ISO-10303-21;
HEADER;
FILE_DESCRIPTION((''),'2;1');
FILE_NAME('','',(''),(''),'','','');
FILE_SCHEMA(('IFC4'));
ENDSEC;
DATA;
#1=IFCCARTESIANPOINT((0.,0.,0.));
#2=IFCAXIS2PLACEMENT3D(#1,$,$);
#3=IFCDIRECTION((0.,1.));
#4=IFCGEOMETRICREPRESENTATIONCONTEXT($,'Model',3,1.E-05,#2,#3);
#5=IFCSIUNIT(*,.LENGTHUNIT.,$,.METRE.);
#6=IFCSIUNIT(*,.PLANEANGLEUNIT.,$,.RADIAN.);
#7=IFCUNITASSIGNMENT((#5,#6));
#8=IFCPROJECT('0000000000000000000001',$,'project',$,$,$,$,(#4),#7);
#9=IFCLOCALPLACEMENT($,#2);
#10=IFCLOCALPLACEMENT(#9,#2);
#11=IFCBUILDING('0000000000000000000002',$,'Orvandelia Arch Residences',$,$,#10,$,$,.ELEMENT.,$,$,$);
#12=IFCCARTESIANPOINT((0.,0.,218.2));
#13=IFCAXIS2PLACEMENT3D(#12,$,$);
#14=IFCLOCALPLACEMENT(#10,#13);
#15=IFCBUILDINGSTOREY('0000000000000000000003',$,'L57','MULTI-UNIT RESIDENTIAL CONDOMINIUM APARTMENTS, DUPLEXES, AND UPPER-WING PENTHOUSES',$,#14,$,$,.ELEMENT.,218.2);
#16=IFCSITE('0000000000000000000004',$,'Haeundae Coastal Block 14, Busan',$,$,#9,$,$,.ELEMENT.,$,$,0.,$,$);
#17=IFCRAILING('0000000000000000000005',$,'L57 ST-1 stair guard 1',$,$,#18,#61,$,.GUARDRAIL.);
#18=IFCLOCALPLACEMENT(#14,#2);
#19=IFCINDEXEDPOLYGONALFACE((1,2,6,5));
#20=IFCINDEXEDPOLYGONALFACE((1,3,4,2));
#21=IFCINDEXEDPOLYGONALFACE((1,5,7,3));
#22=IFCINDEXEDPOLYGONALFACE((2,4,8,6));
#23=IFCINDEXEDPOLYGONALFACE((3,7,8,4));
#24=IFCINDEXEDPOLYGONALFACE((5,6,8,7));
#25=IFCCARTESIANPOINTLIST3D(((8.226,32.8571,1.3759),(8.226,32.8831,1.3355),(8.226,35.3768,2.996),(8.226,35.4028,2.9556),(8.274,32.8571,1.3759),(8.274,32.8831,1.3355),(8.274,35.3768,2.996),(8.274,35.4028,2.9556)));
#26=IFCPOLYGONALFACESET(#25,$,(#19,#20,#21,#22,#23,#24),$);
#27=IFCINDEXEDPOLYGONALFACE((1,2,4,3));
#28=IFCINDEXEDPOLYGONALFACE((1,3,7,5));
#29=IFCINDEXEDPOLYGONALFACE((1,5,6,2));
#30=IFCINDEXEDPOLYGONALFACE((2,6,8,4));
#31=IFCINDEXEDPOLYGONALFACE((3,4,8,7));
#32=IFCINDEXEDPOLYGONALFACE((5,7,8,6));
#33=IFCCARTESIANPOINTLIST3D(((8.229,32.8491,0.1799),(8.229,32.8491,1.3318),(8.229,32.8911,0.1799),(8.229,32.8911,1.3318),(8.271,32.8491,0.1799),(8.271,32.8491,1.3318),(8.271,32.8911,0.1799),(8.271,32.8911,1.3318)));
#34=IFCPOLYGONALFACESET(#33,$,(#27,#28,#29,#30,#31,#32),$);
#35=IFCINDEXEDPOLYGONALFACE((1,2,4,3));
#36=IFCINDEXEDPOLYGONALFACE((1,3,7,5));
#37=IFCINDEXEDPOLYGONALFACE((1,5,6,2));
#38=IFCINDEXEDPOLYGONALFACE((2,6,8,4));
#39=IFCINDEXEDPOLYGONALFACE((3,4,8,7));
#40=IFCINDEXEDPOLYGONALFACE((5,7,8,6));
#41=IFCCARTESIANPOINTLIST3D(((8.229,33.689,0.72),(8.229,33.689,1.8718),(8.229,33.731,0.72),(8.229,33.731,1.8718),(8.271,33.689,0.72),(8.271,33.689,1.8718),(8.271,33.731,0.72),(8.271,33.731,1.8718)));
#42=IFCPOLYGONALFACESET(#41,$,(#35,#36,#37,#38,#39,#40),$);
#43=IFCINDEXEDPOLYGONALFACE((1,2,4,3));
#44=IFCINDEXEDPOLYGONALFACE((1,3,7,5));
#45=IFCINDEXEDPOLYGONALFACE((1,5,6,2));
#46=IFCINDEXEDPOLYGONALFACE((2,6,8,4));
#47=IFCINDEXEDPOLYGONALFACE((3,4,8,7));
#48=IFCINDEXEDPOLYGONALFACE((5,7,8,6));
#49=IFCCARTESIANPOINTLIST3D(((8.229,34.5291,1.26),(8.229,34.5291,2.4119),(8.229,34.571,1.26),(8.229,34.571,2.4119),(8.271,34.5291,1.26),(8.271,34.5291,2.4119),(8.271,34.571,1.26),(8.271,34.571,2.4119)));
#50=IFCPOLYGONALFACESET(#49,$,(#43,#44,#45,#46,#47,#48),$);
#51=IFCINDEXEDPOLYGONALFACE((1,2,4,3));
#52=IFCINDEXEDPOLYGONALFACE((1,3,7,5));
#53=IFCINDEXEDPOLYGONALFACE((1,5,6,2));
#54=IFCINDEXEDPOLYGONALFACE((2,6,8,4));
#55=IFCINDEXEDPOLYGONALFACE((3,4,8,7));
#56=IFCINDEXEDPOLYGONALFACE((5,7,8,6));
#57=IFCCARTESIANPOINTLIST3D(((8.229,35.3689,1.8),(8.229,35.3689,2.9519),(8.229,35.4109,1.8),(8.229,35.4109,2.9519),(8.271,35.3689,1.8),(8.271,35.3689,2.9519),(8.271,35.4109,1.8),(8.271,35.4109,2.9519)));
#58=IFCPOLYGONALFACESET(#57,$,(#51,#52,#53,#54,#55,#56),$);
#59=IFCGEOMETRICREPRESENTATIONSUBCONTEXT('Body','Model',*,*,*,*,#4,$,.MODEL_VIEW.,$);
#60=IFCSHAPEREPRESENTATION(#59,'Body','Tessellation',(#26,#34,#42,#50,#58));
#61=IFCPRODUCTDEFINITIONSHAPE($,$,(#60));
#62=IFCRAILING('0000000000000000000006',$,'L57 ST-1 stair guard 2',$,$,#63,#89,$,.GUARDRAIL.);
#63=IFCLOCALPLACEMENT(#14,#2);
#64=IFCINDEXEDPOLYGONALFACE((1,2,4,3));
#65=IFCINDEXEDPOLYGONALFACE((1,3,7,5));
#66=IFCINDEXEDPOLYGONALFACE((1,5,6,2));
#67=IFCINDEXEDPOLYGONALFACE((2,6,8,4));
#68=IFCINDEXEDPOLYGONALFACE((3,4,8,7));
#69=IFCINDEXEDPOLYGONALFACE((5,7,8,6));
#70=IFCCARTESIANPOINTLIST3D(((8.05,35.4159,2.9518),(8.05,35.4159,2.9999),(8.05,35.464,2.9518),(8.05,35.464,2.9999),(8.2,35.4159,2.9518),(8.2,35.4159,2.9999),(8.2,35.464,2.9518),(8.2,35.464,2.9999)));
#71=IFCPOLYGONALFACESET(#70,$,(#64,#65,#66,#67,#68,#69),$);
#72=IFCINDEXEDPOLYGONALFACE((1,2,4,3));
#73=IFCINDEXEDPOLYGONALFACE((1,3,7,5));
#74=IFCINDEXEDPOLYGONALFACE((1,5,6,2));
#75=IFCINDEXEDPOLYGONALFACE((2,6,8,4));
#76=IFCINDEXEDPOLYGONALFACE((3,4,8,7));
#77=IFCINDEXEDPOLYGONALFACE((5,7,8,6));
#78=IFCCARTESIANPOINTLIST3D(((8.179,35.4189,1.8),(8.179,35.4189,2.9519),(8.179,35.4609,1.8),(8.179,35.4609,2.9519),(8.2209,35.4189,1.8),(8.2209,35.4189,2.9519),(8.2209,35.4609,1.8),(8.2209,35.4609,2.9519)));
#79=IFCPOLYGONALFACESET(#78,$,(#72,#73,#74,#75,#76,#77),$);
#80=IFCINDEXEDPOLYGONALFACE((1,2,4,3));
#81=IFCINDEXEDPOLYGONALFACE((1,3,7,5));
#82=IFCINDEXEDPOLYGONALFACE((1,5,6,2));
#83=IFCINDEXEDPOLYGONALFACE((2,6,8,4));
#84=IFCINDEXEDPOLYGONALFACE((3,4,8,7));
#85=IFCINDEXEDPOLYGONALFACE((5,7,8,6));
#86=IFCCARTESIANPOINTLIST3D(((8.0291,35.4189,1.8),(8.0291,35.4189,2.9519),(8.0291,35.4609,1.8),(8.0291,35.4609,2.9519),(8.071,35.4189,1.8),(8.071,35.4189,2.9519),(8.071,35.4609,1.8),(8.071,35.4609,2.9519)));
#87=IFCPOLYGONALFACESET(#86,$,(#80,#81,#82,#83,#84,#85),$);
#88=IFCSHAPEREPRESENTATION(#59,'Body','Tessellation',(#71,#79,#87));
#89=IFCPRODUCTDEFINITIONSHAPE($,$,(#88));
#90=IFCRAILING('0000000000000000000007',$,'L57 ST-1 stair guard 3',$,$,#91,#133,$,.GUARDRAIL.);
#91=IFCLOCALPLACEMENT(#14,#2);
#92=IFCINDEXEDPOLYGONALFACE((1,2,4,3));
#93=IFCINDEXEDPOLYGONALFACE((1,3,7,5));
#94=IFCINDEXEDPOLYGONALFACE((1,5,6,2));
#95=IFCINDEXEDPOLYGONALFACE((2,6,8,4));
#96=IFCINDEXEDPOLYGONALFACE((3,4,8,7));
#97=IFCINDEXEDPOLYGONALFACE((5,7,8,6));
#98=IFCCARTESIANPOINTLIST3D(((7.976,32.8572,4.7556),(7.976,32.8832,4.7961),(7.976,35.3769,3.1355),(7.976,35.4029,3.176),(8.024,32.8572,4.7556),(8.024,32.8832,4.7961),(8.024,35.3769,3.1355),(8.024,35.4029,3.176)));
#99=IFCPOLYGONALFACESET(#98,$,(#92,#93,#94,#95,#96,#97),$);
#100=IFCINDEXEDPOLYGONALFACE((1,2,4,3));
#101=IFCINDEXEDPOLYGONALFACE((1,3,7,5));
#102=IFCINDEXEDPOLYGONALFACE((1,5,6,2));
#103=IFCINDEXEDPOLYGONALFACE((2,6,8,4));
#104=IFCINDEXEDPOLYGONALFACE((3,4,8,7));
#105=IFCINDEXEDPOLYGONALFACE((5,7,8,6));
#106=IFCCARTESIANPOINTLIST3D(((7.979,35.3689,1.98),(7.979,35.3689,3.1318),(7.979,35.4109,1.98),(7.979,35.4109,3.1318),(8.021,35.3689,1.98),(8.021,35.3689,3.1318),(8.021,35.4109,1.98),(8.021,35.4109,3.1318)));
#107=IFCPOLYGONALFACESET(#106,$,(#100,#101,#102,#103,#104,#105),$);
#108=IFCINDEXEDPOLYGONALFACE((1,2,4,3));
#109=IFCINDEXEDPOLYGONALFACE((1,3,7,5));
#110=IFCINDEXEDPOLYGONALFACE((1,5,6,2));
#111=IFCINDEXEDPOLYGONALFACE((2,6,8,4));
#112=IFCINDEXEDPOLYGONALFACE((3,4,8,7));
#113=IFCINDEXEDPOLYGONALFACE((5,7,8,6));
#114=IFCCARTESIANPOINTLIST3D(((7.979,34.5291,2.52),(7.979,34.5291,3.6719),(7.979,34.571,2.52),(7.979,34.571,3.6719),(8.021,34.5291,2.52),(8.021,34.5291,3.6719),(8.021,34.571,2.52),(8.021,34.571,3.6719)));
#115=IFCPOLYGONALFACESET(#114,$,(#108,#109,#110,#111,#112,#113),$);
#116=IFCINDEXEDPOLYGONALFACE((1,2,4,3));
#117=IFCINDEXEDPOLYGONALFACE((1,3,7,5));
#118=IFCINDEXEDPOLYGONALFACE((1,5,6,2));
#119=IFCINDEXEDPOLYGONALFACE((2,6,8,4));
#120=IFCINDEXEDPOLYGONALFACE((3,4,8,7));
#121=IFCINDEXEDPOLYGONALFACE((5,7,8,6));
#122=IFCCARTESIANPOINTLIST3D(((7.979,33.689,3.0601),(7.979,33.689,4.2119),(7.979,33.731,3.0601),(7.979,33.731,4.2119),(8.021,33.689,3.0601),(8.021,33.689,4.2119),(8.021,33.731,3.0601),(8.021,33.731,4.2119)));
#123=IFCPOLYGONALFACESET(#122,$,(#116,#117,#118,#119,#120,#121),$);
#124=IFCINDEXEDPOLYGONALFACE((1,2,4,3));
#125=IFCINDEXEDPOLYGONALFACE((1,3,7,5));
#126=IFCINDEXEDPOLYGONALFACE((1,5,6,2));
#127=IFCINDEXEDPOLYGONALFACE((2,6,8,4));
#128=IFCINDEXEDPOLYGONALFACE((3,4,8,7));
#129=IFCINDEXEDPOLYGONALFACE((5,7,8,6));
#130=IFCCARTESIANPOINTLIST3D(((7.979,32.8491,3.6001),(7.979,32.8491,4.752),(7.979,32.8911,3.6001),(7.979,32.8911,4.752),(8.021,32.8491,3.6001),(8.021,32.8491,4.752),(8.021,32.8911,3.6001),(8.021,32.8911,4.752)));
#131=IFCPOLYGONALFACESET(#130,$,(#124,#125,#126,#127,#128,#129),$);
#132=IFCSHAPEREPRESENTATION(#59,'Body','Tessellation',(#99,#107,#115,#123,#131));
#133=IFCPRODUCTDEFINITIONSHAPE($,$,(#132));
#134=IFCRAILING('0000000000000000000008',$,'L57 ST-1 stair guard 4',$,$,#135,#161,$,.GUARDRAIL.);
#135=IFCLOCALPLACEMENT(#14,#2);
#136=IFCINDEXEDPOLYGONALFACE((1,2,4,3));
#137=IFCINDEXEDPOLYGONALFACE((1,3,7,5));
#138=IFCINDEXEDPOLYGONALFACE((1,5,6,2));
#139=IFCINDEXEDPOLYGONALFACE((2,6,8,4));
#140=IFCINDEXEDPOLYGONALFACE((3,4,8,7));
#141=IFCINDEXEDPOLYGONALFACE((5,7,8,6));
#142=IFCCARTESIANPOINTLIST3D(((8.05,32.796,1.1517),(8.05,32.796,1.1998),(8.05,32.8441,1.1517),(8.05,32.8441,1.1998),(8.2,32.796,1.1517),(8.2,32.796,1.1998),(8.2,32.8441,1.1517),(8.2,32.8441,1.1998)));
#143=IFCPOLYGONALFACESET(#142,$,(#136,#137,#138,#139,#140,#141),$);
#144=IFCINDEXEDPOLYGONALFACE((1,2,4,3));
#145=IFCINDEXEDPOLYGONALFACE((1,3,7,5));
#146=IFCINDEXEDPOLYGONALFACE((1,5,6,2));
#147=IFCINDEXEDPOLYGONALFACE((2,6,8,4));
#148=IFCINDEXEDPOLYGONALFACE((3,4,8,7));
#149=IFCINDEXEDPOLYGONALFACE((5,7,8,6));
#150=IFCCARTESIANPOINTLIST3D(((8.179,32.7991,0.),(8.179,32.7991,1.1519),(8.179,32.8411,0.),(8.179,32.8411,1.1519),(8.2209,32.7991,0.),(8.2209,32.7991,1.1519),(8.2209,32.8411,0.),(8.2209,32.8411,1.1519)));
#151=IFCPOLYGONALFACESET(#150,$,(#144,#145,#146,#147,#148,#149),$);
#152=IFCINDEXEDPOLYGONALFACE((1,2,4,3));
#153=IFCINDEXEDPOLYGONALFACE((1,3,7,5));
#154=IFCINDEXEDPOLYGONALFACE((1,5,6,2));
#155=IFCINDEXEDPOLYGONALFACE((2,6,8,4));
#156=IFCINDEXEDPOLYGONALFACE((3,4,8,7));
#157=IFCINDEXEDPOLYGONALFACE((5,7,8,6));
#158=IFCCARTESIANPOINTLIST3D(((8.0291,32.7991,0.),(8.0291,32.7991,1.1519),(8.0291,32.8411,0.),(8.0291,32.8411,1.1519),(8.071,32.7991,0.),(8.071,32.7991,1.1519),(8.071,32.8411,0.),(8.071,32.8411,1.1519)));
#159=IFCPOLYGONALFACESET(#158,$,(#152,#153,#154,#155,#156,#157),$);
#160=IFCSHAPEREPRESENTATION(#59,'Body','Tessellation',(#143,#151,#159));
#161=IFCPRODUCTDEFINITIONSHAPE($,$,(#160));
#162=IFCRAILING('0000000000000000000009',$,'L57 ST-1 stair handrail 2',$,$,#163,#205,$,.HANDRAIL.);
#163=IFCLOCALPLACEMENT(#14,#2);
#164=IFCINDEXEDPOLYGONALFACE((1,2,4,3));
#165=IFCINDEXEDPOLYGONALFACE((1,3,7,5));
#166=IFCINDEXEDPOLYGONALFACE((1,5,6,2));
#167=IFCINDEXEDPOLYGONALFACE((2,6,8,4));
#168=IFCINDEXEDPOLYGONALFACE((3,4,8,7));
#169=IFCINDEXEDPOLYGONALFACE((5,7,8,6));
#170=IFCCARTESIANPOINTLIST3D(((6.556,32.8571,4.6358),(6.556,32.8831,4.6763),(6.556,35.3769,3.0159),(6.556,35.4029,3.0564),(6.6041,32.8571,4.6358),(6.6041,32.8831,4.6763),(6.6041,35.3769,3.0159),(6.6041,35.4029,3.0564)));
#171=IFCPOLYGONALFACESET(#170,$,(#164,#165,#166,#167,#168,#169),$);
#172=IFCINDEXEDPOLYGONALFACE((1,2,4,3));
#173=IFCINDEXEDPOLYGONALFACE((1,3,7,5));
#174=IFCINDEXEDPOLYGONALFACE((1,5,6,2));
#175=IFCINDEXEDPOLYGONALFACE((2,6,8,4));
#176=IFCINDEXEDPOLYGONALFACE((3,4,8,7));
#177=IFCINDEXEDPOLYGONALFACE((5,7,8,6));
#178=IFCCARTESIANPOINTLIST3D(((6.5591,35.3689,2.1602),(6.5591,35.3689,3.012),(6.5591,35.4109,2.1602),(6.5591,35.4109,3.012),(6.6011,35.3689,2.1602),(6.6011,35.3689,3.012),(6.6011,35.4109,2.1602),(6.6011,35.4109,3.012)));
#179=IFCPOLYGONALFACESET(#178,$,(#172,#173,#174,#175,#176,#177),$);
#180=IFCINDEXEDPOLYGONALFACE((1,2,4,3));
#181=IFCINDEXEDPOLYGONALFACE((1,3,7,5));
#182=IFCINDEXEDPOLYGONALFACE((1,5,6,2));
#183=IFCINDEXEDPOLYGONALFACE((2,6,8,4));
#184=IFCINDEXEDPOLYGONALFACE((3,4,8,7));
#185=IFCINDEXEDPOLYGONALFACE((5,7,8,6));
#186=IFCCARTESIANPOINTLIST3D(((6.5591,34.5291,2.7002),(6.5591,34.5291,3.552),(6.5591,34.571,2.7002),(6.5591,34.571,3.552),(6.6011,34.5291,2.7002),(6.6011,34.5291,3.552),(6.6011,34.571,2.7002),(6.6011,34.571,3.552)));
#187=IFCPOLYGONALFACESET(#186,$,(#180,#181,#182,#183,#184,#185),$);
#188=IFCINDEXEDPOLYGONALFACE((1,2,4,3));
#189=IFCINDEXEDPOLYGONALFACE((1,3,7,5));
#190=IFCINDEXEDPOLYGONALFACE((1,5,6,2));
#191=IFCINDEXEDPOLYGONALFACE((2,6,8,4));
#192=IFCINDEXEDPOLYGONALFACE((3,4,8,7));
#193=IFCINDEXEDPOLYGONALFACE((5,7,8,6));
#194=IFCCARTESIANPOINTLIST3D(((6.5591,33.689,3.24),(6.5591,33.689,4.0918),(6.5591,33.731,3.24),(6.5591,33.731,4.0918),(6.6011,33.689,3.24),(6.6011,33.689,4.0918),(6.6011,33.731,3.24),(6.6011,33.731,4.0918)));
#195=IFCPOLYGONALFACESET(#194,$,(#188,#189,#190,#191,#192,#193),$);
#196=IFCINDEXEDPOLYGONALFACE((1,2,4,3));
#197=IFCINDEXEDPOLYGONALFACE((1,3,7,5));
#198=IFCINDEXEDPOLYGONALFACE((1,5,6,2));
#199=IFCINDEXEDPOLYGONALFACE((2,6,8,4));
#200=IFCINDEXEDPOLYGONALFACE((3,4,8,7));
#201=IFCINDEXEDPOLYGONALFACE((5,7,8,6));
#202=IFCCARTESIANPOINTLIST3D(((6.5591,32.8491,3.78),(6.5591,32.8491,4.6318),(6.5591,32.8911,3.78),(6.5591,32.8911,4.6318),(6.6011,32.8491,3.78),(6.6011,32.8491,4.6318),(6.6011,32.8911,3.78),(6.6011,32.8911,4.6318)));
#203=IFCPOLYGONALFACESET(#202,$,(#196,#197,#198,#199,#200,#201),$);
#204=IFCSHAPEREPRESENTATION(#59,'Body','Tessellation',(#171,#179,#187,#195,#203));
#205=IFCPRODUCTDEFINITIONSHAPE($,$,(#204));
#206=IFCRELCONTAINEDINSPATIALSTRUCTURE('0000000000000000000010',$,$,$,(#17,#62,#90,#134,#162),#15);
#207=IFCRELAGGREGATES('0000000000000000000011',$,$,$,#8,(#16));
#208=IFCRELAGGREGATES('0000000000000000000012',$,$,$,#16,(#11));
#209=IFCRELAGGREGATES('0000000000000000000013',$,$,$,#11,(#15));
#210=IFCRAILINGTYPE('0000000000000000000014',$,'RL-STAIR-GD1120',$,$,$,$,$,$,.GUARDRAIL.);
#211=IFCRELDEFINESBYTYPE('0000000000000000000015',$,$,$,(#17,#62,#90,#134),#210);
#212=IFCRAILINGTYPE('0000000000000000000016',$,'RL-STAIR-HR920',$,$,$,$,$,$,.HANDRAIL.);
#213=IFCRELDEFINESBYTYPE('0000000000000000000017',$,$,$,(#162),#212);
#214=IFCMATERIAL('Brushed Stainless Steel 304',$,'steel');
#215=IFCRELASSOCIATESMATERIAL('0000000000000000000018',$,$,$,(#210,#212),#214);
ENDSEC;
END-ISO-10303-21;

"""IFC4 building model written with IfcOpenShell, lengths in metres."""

from ifc_helpers import new_model, si_unit, direction, frame, origin, origin_2d, place, context, subcontext, project, spatial, rectangle, extrude, material, type_object, element, save


model = new_model("IFC4")

# Units and contexts
model_context = context("Model", 3, precision=1e-05, world=origin(), true_north=direction((0.0, 1.0)))
body_context = subcontext(model_context, "Body", "Model", "MODEL_VIEW")
ifc_project = project(units=[si_unit("LENGTHUNIT", "METRE"), si_unit("PLANEANGLEUNIT", "RADIAN")], contexts=[model_context])

# Site, building, storey
site_placement = place(None, origin())
site = spatial("IfcSite", under=ifc_project, at=site_placement, Name="Haeundae Coastal Block 14, Busan", CompositionType="ELEMENT", RefElevation=0.0)
building_placement = place(site_placement, origin())
building = spatial("IfcBuilding", under=site, at=building_placement, Name="Orvandelia Arch Residences", CompositionType="ELEMENT")
storey_placement = place(building_placement, frame((0.0, 0.0, 218.2)))
storey = spatial("IfcBuildingStorey", under=building, at=storey_placement, Name="L57", Description="MULTI-UNIT RESIDENTIAL CONDOMINIUM APARTMENTS, DUPLEXES, AND UPPER-WING PENTHOUSES", CompositionType="ELEMENT", Elevation=218.2)

# Railings
ifc_material_1 = material(Name="Brushed Stainless Steel 304", Category="steel")
railing_type_1 = type_object("IfcRailingType", Name="RL-STAIR-GD1120", PredefinedType="GUARDRAIL", material=ifc_material_1)
railing_1_placement = place(storey_placement, frame((8.25, 32.8701, 0.1799)))
element("IfcRailing", 1, at=railing_1_placement, inside=storey, type_object=railing_type_1, Name="L57 ST-1 stair guard 1", PredefinedType="GUARDRAIL", context=body_context, shape_type="SweptSolid", body=[
    extrude(rectangle(XDim=0.0481, YDim=0.0481, at=origin_2d()), frame((0.0, 0.0, 1.1758), z_axis=(0.0, 0.841139, 0.540819), x_axis=(-1.0, 0.0, 0.0)), (0.0, 0.0, 1.0), 2.9956),
    extrude(rectangle(XDim=0.042, YDim=0.042, at=origin_2d()), origin(), (0.0, 0.0, 1.0), 1.1519),
    extrude(rectangle(XDim=0.042, YDim=0.042, at=origin_2d()), frame((0.0, 0.8398, 0.54)), (0.0, 0.0, 1.0), 1.1519),
    extrude(rectangle(XDim=0.042, YDim=0.042, at=origin_2d()), frame((0.0, 1.6799, 1.0801)), (0.0, 0.0, 1.0), 1.1519),
    extrude(rectangle(XDim=0.042, YDim=0.042, at=origin_2d()), frame((0.0, 2.5198, 1.6201)), (0.0, 0.0, 1.0), 1.1519),
])
railing_2_placement = place(storey_placement, frame((8.2, 35.4399, 1.8)))
element("IfcRailing", 2, at=railing_2_placement, inside=storey, type_object=railing_type_1, Name="L57 ST-1 stair guard 2", PredefinedType="GUARDRAIL", context=body_context, shape_type="SweptSolid", body=[
    extrude(rectangle(XDim=0.0481, YDim=0.0481, at=origin_2d()), frame((0.0, 0.0, 1.1758), z_axis=(-1.0, 0.0, 0.0), x_axis=(0.0, -1.0, 0.0)), (0.0, 0.0, 1.0), 0.1499),
    extrude(rectangle(XDim=0.042, YDim=0.042, at=origin_2d()), origin(), (0.0, 0.0, 1.0), 1.1519),
    extrude(rectangle(XDim=0.042, YDim=0.042, at=origin_2d()), frame((-0.1499, 0.0, 0.0)), (0.0, 0.0, 1.0), 1.1519),
])
railing_3_placement = place(storey_placement, frame((8.0, 35.3899, 1.98)))
element("IfcRailing", 3, at=railing_3_placement, inside=storey, type_object=railing_type_1, Name="L57 ST-1 stair guard 3", PredefinedType="GUARDRAIL", context=body_context, shape_type="SweptSolid", body=[
    extrude(rectangle(XDim=0.0481, YDim=0.0481, at=origin_2d()), frame((0.0, 0.0, 1.1758), z_axis=(0.0, -0.841139, 0.540819), x_axis=(1.0, 0.0, 0.0)), (0.0, 0.0, 1.0), 2.9956),
    extrude(rectangle(XDim=0.042, YDim=0.042, at=origin_2d()), origin(), (0.0, 0.0, 1.0), 1.1519),
    extrude(rectangle(XDim=0.042, YDim=0.042, at=origin_2d()), frame((0.0, -0.8398, 0.54)), (0.0, 0.0, 1.0), 1.1519),
    extrude(rectangle(XDim=0.042, YDim=0.042, at=origin_2d()), frame((0.0, -1.6799, 1.0801)), (0.0, 0.0, 1.0), 1.1519),
    extrude(rectangle(XDim=0.042, YDim=0.042, at=origin_2d()), frame((0.0, -2.5198, 1.6201)), (0.0, 0.0, 1.0), 1.1519),
])
railing_4_placement = place(storey_placement, frame((8.2, 32.8201, 0.0)))
element("IfcRailing", 4, at=railing_4_placement, inside=storey, type_object=railing_type_1, Name="L57 ST-1 stair guard 4", PredefinedType="GUARDRAIL", context=body_context, shape_type="SweptSolid", body=[
    extrude(rectangle(XDim=0.0481, YDim=0.0481, at=origin_2d()), frame((0.0, 0.0, 1.1758), z_axis=(-1.0, 0.0, 0.0), x_axis=(0.0, -1.0, 0.0)), (0.0, 0.0, 1.0), 0.1499),
    extrude(rectangle(XDim=0.042, YDim=0.042, at=origin_2d()), origin(), (0.0, 0.0, 1.0), 1.1519),
    extrude(rectangle(XDim=0.042, YDim=0.042, at=origin_2d()), frame((-0.1499, 0.0, 0.0)), (0.0, 0.0, 1.0), 1.1519),
])
railing_type_2 = type_object("IfcRailingType", Name="RL-STAIR-HR920", PredefinedType="HANDRAIL", material=ifc_material_1)
railing_5_placement = place(storey_placement, frame((6.5801, 35.3899, 2.1602)))
element("IfcRailing", 5, at=railing_5_placement, inside=storey, type_object=railing_type_2, Name="L57 ST-1 stair handrail 2", PredefinedType="HANDRAIL", context=body_context, shape_type="SweptSolid", body=[
    extrude(rectangle(XDim=0.0481, YDim=0.0481, at=origin_2d()), frame((0.0, 0.0, 0.876), z_axis=(0.0, -0.841176, 0.540762), x_axis=(1.0, 0.0, 0.0)), (0.0, 0.0, 1.0), 2.9956),
    extrude(rectangle(XDim=0.042, YDim=0.042, at=origin_2d()), origin(), (0.0, 0.0, 1.0), 0.8518),
    extrude(rectangle(XDim=0.042, YDim=0.042, at=origin_2d()), frame((0.0, -0.8398, 0.54)), (0.0, 0.0, 1.0), 0.8518),
    extrude(rectangle(XDim=0.042, YDim=0.042, at=origin_2d()), frame((0.0, -1.6799, 1.0798)), (0.0, 0.0, 1.0), 0.8518),
    extrude(rectangle(XDim=0.042, YDim=0.042, at=origin_2d()), frame((0.0, -2.5198, 1.6199)), (0.0, 0.0, 1.0), 0.8518),
])

save(model, "model.ifc")
